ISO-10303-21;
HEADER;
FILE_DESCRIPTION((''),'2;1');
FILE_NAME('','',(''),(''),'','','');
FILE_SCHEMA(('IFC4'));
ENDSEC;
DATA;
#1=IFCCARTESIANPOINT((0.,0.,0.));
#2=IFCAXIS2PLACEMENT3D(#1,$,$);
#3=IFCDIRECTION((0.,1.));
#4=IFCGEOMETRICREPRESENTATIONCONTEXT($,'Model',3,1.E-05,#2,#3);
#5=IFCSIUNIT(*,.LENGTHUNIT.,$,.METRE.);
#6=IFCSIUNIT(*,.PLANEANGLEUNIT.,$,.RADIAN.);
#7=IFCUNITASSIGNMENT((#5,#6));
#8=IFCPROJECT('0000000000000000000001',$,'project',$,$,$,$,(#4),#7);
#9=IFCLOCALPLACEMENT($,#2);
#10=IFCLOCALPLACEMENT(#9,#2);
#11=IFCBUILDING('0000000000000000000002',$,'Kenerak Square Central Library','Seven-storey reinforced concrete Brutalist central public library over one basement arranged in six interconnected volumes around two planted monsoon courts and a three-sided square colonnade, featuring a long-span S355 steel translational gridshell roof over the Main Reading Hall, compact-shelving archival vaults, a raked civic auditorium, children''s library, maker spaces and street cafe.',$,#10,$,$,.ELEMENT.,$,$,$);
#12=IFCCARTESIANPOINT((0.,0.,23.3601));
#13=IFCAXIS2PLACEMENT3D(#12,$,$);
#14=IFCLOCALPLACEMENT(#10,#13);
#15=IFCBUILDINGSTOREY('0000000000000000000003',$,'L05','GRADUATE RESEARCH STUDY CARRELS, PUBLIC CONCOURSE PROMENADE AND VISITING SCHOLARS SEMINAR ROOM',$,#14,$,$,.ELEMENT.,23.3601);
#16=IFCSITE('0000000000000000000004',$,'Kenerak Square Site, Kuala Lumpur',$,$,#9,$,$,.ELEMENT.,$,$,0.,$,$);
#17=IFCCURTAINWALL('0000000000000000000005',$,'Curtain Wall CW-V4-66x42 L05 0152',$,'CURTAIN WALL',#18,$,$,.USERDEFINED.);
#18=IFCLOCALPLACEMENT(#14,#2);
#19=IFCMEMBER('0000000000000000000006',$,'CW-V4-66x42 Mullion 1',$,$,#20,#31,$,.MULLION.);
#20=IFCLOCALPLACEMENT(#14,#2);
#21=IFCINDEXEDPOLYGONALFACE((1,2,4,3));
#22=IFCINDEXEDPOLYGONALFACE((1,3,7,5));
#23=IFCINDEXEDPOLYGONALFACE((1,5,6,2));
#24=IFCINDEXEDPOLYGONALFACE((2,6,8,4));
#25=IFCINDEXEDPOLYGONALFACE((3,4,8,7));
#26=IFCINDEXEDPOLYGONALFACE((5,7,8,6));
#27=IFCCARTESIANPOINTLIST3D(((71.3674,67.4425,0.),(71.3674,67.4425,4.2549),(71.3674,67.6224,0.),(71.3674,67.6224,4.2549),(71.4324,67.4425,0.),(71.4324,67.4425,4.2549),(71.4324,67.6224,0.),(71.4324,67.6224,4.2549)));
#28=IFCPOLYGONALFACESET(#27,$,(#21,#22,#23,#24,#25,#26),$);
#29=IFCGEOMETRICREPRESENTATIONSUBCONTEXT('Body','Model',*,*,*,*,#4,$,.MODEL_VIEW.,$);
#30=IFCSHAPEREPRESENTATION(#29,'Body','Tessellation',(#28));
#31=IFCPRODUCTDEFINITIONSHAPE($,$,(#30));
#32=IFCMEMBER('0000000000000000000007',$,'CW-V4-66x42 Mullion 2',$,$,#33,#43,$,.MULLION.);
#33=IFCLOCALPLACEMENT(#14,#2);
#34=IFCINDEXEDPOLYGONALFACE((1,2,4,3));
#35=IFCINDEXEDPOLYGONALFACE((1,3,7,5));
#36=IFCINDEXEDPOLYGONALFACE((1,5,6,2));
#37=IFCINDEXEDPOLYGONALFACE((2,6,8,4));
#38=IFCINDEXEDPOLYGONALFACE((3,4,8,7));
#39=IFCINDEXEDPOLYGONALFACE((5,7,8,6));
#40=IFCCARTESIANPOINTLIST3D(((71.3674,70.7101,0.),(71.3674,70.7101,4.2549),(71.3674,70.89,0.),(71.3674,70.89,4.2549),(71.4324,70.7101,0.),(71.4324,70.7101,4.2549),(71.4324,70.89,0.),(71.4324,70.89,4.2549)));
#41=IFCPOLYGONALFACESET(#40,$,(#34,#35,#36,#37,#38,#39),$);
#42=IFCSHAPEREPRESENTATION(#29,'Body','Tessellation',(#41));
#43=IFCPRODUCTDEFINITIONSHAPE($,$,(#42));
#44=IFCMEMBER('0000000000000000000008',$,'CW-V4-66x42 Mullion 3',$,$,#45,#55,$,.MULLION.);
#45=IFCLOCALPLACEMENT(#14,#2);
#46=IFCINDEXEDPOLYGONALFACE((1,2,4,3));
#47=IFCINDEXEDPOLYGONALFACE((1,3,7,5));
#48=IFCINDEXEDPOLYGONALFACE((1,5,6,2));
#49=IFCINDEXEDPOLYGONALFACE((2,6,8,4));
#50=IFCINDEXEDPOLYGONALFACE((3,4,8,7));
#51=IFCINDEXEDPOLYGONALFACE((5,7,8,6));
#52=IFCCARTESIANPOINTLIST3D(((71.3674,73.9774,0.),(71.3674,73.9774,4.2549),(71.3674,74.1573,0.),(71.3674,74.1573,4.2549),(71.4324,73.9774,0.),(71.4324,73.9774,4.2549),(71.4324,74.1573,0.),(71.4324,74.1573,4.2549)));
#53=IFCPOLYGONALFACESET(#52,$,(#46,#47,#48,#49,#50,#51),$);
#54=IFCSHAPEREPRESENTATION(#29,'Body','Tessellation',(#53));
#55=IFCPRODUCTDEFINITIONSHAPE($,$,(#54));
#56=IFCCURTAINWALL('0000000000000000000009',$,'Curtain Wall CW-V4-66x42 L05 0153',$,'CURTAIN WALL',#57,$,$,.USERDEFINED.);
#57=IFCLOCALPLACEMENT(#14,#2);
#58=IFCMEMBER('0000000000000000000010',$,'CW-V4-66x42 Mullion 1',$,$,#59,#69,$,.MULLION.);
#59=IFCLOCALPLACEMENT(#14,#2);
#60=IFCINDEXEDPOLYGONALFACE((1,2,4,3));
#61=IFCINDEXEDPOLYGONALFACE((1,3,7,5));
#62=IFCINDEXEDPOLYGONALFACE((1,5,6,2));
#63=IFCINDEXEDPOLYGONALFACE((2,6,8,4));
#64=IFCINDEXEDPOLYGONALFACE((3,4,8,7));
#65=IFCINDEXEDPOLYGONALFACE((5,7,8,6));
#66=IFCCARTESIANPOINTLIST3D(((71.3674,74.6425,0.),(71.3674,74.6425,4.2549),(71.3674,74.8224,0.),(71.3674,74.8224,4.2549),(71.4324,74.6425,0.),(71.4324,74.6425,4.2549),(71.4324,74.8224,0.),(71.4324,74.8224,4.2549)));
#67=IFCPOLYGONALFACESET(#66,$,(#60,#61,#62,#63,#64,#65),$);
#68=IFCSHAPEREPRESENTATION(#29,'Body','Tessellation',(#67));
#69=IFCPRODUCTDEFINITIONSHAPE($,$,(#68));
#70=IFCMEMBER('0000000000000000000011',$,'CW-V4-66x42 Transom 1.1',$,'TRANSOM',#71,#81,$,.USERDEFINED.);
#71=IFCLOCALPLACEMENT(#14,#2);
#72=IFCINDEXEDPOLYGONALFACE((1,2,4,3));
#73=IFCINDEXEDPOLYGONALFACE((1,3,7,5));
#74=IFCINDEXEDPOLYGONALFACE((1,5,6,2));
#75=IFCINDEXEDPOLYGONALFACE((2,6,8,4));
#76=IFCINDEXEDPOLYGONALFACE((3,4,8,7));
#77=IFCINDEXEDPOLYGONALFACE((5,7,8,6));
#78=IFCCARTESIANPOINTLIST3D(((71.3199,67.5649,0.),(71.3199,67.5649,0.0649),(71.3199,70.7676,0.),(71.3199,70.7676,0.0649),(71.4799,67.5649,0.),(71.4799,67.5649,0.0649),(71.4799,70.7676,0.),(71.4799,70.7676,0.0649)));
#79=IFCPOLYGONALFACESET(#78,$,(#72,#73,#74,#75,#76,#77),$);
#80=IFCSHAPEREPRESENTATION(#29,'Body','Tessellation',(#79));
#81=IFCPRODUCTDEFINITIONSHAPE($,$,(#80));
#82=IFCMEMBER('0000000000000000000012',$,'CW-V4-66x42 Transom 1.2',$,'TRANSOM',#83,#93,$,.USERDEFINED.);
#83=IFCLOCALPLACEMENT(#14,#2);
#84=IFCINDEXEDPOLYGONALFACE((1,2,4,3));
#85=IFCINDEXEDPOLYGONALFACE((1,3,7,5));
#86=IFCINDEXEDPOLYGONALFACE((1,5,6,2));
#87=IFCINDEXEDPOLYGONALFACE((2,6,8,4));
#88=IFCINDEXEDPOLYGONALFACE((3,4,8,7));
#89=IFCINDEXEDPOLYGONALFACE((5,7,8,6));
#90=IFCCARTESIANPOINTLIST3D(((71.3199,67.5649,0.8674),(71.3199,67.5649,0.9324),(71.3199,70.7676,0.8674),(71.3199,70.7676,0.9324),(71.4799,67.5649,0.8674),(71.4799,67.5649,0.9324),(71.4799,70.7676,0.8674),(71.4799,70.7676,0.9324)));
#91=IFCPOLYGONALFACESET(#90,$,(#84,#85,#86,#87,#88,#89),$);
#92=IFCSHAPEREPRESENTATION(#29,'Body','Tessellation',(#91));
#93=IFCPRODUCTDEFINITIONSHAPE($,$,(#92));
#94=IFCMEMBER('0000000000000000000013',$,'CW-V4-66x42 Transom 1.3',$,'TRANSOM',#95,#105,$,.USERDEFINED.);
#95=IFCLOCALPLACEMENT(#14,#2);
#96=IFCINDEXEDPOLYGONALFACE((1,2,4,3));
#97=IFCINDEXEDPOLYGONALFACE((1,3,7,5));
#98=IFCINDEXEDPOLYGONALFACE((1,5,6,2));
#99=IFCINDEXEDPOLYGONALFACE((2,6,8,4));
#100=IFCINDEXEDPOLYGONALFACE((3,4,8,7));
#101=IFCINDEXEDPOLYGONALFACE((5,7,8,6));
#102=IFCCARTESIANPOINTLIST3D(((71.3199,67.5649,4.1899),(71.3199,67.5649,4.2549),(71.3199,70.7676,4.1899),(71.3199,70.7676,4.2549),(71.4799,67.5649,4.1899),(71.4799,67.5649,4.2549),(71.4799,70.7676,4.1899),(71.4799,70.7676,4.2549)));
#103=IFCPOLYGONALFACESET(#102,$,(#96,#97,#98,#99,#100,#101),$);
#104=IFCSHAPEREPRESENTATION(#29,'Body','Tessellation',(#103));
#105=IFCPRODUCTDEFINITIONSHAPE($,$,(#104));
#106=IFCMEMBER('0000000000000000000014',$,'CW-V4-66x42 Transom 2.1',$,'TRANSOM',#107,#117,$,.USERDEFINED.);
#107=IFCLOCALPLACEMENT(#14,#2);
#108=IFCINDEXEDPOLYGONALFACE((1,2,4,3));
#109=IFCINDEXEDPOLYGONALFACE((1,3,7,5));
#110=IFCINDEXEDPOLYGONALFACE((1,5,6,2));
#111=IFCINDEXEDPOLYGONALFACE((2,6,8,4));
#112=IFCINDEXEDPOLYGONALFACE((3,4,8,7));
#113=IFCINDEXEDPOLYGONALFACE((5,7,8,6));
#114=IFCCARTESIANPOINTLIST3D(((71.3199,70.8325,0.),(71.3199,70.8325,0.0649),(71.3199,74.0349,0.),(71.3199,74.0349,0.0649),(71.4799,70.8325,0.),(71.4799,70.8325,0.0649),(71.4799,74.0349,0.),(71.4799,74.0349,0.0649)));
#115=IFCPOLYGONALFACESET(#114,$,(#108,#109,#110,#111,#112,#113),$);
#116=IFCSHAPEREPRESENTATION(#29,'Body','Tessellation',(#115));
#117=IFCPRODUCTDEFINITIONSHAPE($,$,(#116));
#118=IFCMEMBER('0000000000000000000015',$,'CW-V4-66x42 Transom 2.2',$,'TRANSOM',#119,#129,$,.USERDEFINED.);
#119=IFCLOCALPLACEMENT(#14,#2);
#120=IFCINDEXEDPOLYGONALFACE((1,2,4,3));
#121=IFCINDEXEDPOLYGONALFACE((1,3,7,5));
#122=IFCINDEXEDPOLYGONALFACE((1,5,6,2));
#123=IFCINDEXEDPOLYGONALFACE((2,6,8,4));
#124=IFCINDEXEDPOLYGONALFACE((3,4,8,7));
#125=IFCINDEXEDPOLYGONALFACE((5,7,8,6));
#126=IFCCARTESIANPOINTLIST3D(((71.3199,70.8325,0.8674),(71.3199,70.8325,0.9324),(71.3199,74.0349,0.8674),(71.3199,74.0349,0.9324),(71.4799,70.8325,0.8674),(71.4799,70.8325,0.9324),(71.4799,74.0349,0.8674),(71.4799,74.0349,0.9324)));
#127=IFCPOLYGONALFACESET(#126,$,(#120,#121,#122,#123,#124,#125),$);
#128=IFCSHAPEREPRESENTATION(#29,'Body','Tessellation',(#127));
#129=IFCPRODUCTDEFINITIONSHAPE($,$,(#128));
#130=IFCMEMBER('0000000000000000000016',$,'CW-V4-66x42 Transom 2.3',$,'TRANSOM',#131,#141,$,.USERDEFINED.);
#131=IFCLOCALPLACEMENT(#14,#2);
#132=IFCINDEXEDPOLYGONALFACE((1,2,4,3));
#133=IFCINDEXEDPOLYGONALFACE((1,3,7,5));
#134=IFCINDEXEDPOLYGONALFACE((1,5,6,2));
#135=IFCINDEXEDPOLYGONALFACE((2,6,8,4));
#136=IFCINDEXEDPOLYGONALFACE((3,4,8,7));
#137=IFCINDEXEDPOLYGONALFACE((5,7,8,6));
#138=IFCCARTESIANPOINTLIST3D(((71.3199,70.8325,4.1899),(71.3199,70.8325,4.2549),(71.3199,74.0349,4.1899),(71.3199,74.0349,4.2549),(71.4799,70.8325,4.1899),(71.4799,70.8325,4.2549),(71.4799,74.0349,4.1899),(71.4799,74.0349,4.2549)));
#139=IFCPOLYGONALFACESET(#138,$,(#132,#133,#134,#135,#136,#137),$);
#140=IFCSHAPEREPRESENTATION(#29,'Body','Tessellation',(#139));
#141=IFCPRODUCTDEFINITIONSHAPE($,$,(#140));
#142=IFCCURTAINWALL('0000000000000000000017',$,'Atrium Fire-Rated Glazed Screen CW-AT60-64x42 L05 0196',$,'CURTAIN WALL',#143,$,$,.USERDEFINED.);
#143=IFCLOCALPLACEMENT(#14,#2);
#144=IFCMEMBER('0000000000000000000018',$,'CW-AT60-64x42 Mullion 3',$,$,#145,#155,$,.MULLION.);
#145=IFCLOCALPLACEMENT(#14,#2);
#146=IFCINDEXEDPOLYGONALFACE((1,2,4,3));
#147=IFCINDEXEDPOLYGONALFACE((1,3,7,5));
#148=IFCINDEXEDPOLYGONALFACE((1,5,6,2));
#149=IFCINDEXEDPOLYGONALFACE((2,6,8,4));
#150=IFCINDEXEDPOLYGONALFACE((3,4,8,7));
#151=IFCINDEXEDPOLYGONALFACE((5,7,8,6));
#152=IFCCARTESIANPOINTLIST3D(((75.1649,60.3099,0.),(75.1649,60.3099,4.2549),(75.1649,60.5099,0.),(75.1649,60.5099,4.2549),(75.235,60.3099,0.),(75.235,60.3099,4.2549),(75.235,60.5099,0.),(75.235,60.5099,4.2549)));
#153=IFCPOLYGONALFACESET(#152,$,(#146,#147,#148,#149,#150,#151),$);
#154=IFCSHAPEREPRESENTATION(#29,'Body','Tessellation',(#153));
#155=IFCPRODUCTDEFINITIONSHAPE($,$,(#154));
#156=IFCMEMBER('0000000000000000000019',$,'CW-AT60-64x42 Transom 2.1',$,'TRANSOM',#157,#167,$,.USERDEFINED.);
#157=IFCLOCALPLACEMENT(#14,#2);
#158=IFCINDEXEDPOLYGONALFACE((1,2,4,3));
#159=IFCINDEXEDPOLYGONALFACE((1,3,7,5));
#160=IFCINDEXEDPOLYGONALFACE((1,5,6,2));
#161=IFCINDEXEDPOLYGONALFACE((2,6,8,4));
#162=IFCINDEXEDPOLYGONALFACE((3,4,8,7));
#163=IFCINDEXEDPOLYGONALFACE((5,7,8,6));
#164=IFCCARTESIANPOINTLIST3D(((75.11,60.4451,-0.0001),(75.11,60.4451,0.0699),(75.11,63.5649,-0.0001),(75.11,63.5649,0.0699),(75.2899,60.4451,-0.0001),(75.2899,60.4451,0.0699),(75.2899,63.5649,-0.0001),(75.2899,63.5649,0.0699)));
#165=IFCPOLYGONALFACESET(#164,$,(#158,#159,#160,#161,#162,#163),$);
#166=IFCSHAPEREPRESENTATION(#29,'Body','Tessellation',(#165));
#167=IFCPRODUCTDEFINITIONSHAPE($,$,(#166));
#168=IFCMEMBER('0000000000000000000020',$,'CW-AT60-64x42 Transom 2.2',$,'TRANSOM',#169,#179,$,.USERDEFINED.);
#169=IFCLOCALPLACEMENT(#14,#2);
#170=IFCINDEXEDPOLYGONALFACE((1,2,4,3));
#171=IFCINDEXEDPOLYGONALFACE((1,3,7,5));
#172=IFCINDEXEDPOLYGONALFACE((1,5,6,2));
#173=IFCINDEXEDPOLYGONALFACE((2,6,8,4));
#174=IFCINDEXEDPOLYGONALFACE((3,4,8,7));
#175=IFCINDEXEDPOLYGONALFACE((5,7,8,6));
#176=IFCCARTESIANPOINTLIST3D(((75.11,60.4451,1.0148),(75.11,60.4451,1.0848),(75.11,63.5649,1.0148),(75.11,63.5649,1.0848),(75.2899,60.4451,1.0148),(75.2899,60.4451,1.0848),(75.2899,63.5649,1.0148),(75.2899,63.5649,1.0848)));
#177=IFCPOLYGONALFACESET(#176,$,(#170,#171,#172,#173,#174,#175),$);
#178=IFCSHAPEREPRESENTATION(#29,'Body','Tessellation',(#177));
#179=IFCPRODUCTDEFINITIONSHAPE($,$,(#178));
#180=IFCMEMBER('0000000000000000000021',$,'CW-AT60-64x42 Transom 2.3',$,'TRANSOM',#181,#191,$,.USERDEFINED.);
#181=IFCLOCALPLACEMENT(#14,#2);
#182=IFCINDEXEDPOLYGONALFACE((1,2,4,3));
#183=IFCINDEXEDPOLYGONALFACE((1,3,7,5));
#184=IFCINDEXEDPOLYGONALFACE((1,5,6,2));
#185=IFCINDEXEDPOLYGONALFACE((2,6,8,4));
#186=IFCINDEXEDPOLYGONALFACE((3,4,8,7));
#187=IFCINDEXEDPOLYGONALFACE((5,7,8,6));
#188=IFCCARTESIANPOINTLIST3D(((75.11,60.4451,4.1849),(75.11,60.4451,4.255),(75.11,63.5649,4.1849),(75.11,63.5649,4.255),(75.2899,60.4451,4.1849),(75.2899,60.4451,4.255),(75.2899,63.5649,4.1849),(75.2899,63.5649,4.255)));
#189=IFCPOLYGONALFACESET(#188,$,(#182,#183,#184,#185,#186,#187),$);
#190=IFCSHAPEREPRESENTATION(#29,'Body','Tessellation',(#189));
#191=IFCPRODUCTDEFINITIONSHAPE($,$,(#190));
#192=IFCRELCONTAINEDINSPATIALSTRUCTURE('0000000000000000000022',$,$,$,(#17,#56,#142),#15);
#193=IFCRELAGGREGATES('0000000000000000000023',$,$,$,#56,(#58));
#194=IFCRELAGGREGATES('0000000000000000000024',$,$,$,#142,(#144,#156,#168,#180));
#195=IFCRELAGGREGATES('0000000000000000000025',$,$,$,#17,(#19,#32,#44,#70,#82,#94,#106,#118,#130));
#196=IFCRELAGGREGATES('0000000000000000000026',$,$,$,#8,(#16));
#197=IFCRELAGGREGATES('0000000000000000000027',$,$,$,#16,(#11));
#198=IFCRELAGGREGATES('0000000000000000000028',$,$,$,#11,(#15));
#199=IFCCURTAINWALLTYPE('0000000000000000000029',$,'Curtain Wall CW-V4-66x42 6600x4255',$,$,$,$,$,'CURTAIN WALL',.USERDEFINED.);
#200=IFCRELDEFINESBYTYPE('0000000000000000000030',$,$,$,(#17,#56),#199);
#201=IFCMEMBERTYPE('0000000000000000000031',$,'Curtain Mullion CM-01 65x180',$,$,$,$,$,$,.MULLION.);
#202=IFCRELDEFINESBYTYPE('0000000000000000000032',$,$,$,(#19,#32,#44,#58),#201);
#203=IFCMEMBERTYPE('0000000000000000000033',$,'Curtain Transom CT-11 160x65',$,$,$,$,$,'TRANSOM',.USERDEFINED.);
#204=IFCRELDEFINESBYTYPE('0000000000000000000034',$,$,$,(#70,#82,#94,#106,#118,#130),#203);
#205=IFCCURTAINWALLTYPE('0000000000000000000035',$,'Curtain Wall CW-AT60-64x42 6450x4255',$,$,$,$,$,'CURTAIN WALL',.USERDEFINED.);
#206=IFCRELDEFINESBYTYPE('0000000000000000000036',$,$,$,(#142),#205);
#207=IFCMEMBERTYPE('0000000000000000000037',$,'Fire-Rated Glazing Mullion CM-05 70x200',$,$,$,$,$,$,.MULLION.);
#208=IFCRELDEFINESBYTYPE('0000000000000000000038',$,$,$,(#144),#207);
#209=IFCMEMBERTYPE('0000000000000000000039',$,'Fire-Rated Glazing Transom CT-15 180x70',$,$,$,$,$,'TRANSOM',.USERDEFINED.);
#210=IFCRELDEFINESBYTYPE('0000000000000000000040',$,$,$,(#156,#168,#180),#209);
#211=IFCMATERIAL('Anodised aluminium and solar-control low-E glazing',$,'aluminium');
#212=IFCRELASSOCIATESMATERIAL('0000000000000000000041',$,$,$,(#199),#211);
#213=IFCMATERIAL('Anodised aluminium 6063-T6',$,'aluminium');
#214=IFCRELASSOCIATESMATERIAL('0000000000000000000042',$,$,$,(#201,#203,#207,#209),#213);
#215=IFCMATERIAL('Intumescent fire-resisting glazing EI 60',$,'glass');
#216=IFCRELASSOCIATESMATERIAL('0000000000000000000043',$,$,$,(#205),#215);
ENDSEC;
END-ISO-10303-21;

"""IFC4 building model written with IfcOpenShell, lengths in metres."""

from ifc_helpers import new_model, si_unit, direction, frame, origin, origin_2d, place, context, subcontext, project, spatial, rectangle, extrude, material, material_profile, profile_set, type_object, element, aggregate, save


model = new_model("IFC4")

# Units and contexts
model_context = context("Model", 3, precision=1e-05, world=origin(), true_north=direction((0.0, 1.0)))
body_context = subcontext(model_context, "Body", "Model", "MODEL_VIEW")
ifc_project = project(units=[si_unit("LENGTHUNIT", "METRE"), si_unit("PLANEANGLEUNIT", "RADIAN")], contexts=[model_context])

# Site, building, storey
site_placement = place(None, origin())
site = spatial("IfcSite", under=ifc_project, at=site_placement, Name="Kenerak Square Site, Kuala Lumpur", CompositionType="ELEMENT", RefElevation=0.0)
building_placement = place(site_placement, origin())
building = spatial("IfcBuilding", under=site, at=building_placement, Name="Kenerak Square Central Library", Description="Seven-storey reinforced concrete Brutalist central public library over one basement arranged in six interconnected volumes around two planted monsoon courts and a three-sided square colonnade, featuring a long-span S355 steel translational gridshell roof over the Main Reading Hall, compact-shelving archival vaults, a raked civic auditorium, children's library, maker spaces and street cafe.", CompositionType="ELEMENT")
storey_placement = place(building_placement, frame((0.0, 0.0, 23.3601)))
storey = spatial("IfcBuildingStorey", under=building, at=storey_placement, Name="L05", Description="GRADUATE RESEARCH STUDY CARRELS, PUBLIC CONCOURSE PROMENADE AND VISITING SCHOLARS SEMINAR ROOM", CompositionType="ELEMENT", Elevation=23.3601)

# Curtain wall, members
ifc_material_1 = material(Name="Anodised aluminium and solar-control low-E glazing", Category="aluminium")
curtain_wall_type_1 = type_object("IfcCurtainWallType", Name="Curtain Wall CW-V4-66x42 6600x4255", ElementType="CURTAIN WALL", PredefinedType="USERDEFINED", material=ifc_material_1)
curtain_wall_1_placement = place(storey_placement, origin())
curtain_wall_1 = element("IfcCurtainWall", 1, at=curtain_wall_1_placement, inside=storey, type_object=curtain_wall_type_1, Name="Curtain Wall CW-V4-66x42 L05 0152", ObjectType="CURTAIN WALL", PredefinedType="USERDEFINED")
ifc_material_2 = material(Name="Anodised aluminium 6063-T6", Category="aluminium")
ifc_material_profile_1 = material_profile(ifc_material_2, rectangle(XDim=0.0649, YDim=0.1799, at=origin_2d()), Name="AL MULLION 65x180")
ifc_profile_set_1 = profile_set([ifc_material_profile_1], Name="Anodised aluminium 6063-T6")
member_type_1 = type_object("IfcMemberType", Name="Curtain Mullion CM-01 65x180", PredefinedType="MULLION", material=ifc_profile_set_1)
member_1_placement = place(storey_placement, frame((71.3999, 67.5325, 0.0), z_axis=(0.0, 0.0, 1.0), x_axis=(-1.0, 0.0, 0.0)))
member_1 = element("IfcMember", 2, at=member_1_placement, type_object=member_type_1, Name="CW-V4-66x42 Mullion 1", PredefinedType="MULLION", context=body_context, shape_type="SweptSolid", body=[
    extrude(rectangle(XDim=0.0649, YDim=0.1799, at=origin_2d()), origin(), (0.0, 0.0, 1.0), 4.2549),
])
member_2_placement = place(storey_placement, frame((71.3999, 70.8, 0.0), z_axis=(0.0, 0.0, 1.0), x_axis=(-1.0, 0.0, 0.0)))
member_2 = element("IfcMember", 3, at=member_2_placement, type_object=member_type_1, Name="CW-V4-66x42 Mullion 2", PredefinedType="MULLION", context=body_context, shape_type="SweptSolid", body=[
    extrude(rectangle(XDim=0.0649, YDim=0.1799, at=origin_2d()), origin(), (0.0, 0.0, 1.0), 4.2549),
])
member_3_placement = place(storey_placement, frame((71.3999, 74.0674, 0.0), z_axis=(0.0, 0.0, 1.0), x_axis=(-1.0, 0.0, 0.0)))
member_3 = element("IfcMember", 4, at=member_3_placement, type_object=member_type_1, Name="CW-V4-66x42 Mullion 3", PredefinedType="MULLION", context=body_context, shape_type="SweptSolid", body=[
    extrude(rectangle(XDim=0.0649, YDim=0.1799, at=origin_2d()), origin(), (0.0, 0.0, 1.0), 4.2549),
])

# Curtain wall, member
curtain_wall_2_placement = place(storey_placement, origin())
curtain_wall_2 = element("IfcCurtainWall", 5, at=curtain_wall_2_placement, inside=storey, type_object=curtain_wall_type_1, Name="Curtain Wall CW-V4-66x42 L05 0153", ObjectType="CURTAIN WALL", PredefinedType="USERDEFINED")
member_4_placement = place(storey_placement, frame((71.3999, 74.7324, 0.0), z_axis=(0.0, 0.0, 1.0), x_axis=(-1.0, 0.0, 0.0)))
member_4 = element("IfcMember", 6, at=member_4_placement, type_object=member_type_1, Name="CW-V4-66x42 Mullion 1", PredefinedType="MULLION", context=body_context, shape_type="SweptSolid", body=[
    extrude(rectangle(XDim=0.0649, YDim=0.1799, at=origin_2d()), origin(), (0.0, 0.0, 1.0), 4.2549),
])
aggregate(curtain_wall_2, [member_4])

# Members
ifc_material_profile_2 = material_profile(ifc_material_2, rectangle(XDim=0.1599, YDim=0.0649, at=origin_2d()), Name="AL TRANSOM 160x65")
ifc_profile_set_2 = profile_set([ifc_material_profile_2], Name="Anodised aluminium 6063-T6")
member_type_2 = type_object("IfcMemberType", Name="Curtain Transom CT-11 160x65", ElementType="TRANSOM", PredefinedType="USERDEFINED", material=ifc_profile_set_2)
member_5_placement = place(storey_placement, frame((71.3999, 67.5649, 0.0325), z_axis=(0.0, 1.0, 0.0), x_axis=(-1.0, 0.0, 0.0)))
member_5 = element("IfcMember", 7, at=member_5_placement, type_object=member_type_2, Name="CW-V4-66x42 Transom 1.1", ObjectType="TRANSOM", PredefinedType="USERDEFINED", context=body_context, shape_type="SweptSolid", body=[
    extrude(rectangle(XDim=0.1599, YDim=0.0649, at=origin_2d()), origin(), (0.0, 0.0, 1.0), 3.2026),
])
member_6_placement = place(storey_placement, frame((71.3999, 67.5649, 0.8999), z_axis=(0.0, 1.0, 0.0), x_axis=(-1.0, 0.0, 0.0)))
member_6 = element("IfcMember", 8, at=member_6_placement, type_object=member_type_2, Name="CW-V4-66x42 Transom 1.2", ObjectType="TRANSOM", PredefinedType="USERDEFINED", context=body_context, shape_type="SweptSolid", body=[
    extrude(rectangle(XDim=0.1599, YDim=0.0649, at=origin_2d()), origin(), (0.0, 0.0, 1.0), 3.2026),
])
member_7_placement = place(storey_placement, frame((71.3999, 67.5649, 4.2224), z_axis=(0.0, 1.0, 0.0), x_axis=(-1.0, 0.0, 0.0)))
member_7 = element("IfcMember", 9, at=member_7_placement, type_object=member_type_2, Name="CW-V4-66x42 Transom 1.3", ObjectType="TRANSOM", PredefinedType="USERDEFINED", context=body_context, shape_type="SweptSolid", body=[
    extrude(rectangle(XDim=0.1599, YDim=0.0649, at=origin_2d()), origin(), (0.0, 0.0, 1.0), 3.2026),
])
member_8_placement = place(storey_placement, frame((71.3999, 70.8325, 0.0325), z_axis=(0.0, 1.0, 0.0), x_axis=(-1.0, 0.0, 0.0)))
member_8 = element("IfcMember", 10, at=member_8_placement, type_object=member_type_2, Name="CW-V4-66x42 Transom 2.1", ObjectType="TRANSOM", PredefinedType="USERDEFINED", context=body_context, shape_type="SweptSolid", body=[
    extrude(rectangle(XDim=0.1599, YDim=0.0649, at=origin_2d()), origin(), (0.0, 0.0, 1.0), 3.2024),
])
member_9_placement = place(storey_placement, frame((71.3999, 70.8325, 0.8999), z_axis=(0.0, 1.0, 0.0), x_axis=(-1.0, 0.0, 0.0)))
member_9 = element("IfcMember", 11, at=member_9_placement, type_object=member_type_2, Name="CW-V4-66x42 Transom 2.2", ObjectType="TRANSOM", PredefinedType="USERDEFINED", context=body_context, shape_type="SweptSolid", body=[
    extrude(rectangle(XDim=0.1599, YDim=0.0649, at=origin_2d()), origin(), (0.0, 0.0, 1.0), 3.2024),
])
member_10_placement = place(storey_placement, frame((71.3999, 70.8325, 4.2224), z_axis=(0.0, 1.0, 0.0), x_axis=(-1.0, 0.0, 0.0)))
member_10 = element("IfcMember", 12, at=member_10_placement, type_object=member_type_2, Name="CW-V4-66x42 Transom 2.3", ObjectType="TRANSOM", PredefinedType="USERDEFINED", context=body_context, shape_type="SweptSolid", body=[
    extrude(rectangle(XDim=0.1599, YDim=0.0649, at=origin_2d()), origin(), (0.0, 0.0, 1.0), 3.2024),
])

# Curtain wall, members
ifc_material_3 = material(Name="Intumescent fire-resisting glazing EI 60", Category="glass")
curtain_wall_type_2 = type_object("IfcCurtainWallType", Name="Curtain Wall CW-AT60-64x42 6450x4255", ElementType="CURTAIN WALL", PredefinedType="USERDEFINED", material=ifc_material_3)
curtain_wall_3_placement = place(storey_placement, origin())
curtain_wall_3 = element("IfcCurtainWall", 13, at=curtain_wall_3_placement, inside=storey, type_object=curtain_wall_type_2, Name="Atrium Fire-Rated Glazed Screen CW-AT60-64x42 L05 0196", ObjectType="CURTAIN WALL", PredefinedType="USERDEFINED")
ifc_material_profile_3 = material_profile(ifc_material_2, rectangle(XDim=0.0701, YDim=0.2, at=origin_2d()), Name="AL MULLION 70x200")
ifc_profile_set_3 = profile_set([ifc_material_profile_3], Name="Anodised aluminium 6063-T6")
member_type_3 = type_object("IfcMemberType", Name="Fire-Rated Glazing Mullion CM-05 70x200", PredefinedType="MULLION", material=ifc_profile_set_3)
member_11_placement = place(storey_placement, frame((75.2, 60.4099, 0.0), z_axis=(0.0, 0.0, 1.0), x_axis=(1.0, 0.0, 0.0)))
member_11 = element("IfcMember", 14, at=member_11_placement, type_object=member_type_3, Name="CW-AT60-64x42 Mullion 3", PredefinedType="MULLION", context=body_context, shape_type="SweptSolid", body=[
    extrude(rectangle(XDim=0.0701, YDim=0.2, at=origin_2d()), origin(), (0.0, 0.0, 1.0), 4.2549),
])
ifc_material_profile_4 = material_profile(ifc_material_2, rectangle(XDim=0.1799, YDim=0.0701, at=origin_2d()), Name="AL TRANSOM 180x70")
ifc_profile_set_4 = profile_set([ifc_material_profile_4], Name="Anodised aluminium 6063-T6")
member_type_4 = type_object("IfcMemberType", Name="Fire-Rated Glazing Transom CT-15 180x70", ElementType="TRANSOM", PredefinedType="USERDEFINED", material=ifc_profile_set_4)
member_12_placement = place(storey_placement, frame((75.2, 63.5649, 0.0349), z_axis=(0.0, -1.0, 0.0), x_axis=(1.0, 0.0, 0.0)))
member_12 = element("IfcMember", 15, at=member_12_placement, type_object=member_type_4, Name="CW-AT60-64x42 Transom 2.1", ObjectType="TRANSOM", PredefinedType="USERDEFINED", context=body_context, shape_type="SweptSolid", body=[
    extrude(rectangle(XDim=0.1799, YDim=0.0701, at=origin_2d()), origin(), (0.0, 0.0, 1.0), 3.1199),
])
member_13_placement = place(storey_placement, frame((75.2, 63.5649, 1.0498), z_axis=(0.0, -1.0, 0.0), x_axis=(1.0, 0.0, 0.0)))
member_13 = element("IfcMember", 16, at=member_13_placement, type_object=member_type_4, Name="CW-AT60-64x42 Transom 2.2", ObjectType="TRANSOM", PredefinedType="USERDEFINED", context=body_context, shape_type="SweptSolid", body=[
    extrude(rectangle(XDim=0.1799, YDim=0.0701, at=origin_2d()), origin(), (0.0, 0.0, 1.0), 3.1199),
])
member_14_placement = place(storey_placement, frame((75.2, 63.5649, 4.22), z_axis=(0.0, -1.0, 0.0), x_axis=(1.0, 0.0, 0.0)))
member_14 = element("IfcMember", 17, at=member_14_placement, type_object=member_type_4, Name="CW-AT60-64x42 Transom 2.3", ObjectType="TRANSOM", PredefinedType="USERDEFINED", context=body_context, shape_type="SweptSolid", body=[
    extrude(rectangle(XDim=0.1799, YDim=0.0701, at=origin_2d()), origin(), (0.0, 0.0, 1.0), 3.1199),
])
aggregate(curtain_wall_3, [member_11, member_12, member_13, member_14])

aggregate(curtain_wall_1, [member_1, member_2, member_3, member_5, member_6, member_7, member_8, member_9, member_10])

save(model, "model.ifc")
